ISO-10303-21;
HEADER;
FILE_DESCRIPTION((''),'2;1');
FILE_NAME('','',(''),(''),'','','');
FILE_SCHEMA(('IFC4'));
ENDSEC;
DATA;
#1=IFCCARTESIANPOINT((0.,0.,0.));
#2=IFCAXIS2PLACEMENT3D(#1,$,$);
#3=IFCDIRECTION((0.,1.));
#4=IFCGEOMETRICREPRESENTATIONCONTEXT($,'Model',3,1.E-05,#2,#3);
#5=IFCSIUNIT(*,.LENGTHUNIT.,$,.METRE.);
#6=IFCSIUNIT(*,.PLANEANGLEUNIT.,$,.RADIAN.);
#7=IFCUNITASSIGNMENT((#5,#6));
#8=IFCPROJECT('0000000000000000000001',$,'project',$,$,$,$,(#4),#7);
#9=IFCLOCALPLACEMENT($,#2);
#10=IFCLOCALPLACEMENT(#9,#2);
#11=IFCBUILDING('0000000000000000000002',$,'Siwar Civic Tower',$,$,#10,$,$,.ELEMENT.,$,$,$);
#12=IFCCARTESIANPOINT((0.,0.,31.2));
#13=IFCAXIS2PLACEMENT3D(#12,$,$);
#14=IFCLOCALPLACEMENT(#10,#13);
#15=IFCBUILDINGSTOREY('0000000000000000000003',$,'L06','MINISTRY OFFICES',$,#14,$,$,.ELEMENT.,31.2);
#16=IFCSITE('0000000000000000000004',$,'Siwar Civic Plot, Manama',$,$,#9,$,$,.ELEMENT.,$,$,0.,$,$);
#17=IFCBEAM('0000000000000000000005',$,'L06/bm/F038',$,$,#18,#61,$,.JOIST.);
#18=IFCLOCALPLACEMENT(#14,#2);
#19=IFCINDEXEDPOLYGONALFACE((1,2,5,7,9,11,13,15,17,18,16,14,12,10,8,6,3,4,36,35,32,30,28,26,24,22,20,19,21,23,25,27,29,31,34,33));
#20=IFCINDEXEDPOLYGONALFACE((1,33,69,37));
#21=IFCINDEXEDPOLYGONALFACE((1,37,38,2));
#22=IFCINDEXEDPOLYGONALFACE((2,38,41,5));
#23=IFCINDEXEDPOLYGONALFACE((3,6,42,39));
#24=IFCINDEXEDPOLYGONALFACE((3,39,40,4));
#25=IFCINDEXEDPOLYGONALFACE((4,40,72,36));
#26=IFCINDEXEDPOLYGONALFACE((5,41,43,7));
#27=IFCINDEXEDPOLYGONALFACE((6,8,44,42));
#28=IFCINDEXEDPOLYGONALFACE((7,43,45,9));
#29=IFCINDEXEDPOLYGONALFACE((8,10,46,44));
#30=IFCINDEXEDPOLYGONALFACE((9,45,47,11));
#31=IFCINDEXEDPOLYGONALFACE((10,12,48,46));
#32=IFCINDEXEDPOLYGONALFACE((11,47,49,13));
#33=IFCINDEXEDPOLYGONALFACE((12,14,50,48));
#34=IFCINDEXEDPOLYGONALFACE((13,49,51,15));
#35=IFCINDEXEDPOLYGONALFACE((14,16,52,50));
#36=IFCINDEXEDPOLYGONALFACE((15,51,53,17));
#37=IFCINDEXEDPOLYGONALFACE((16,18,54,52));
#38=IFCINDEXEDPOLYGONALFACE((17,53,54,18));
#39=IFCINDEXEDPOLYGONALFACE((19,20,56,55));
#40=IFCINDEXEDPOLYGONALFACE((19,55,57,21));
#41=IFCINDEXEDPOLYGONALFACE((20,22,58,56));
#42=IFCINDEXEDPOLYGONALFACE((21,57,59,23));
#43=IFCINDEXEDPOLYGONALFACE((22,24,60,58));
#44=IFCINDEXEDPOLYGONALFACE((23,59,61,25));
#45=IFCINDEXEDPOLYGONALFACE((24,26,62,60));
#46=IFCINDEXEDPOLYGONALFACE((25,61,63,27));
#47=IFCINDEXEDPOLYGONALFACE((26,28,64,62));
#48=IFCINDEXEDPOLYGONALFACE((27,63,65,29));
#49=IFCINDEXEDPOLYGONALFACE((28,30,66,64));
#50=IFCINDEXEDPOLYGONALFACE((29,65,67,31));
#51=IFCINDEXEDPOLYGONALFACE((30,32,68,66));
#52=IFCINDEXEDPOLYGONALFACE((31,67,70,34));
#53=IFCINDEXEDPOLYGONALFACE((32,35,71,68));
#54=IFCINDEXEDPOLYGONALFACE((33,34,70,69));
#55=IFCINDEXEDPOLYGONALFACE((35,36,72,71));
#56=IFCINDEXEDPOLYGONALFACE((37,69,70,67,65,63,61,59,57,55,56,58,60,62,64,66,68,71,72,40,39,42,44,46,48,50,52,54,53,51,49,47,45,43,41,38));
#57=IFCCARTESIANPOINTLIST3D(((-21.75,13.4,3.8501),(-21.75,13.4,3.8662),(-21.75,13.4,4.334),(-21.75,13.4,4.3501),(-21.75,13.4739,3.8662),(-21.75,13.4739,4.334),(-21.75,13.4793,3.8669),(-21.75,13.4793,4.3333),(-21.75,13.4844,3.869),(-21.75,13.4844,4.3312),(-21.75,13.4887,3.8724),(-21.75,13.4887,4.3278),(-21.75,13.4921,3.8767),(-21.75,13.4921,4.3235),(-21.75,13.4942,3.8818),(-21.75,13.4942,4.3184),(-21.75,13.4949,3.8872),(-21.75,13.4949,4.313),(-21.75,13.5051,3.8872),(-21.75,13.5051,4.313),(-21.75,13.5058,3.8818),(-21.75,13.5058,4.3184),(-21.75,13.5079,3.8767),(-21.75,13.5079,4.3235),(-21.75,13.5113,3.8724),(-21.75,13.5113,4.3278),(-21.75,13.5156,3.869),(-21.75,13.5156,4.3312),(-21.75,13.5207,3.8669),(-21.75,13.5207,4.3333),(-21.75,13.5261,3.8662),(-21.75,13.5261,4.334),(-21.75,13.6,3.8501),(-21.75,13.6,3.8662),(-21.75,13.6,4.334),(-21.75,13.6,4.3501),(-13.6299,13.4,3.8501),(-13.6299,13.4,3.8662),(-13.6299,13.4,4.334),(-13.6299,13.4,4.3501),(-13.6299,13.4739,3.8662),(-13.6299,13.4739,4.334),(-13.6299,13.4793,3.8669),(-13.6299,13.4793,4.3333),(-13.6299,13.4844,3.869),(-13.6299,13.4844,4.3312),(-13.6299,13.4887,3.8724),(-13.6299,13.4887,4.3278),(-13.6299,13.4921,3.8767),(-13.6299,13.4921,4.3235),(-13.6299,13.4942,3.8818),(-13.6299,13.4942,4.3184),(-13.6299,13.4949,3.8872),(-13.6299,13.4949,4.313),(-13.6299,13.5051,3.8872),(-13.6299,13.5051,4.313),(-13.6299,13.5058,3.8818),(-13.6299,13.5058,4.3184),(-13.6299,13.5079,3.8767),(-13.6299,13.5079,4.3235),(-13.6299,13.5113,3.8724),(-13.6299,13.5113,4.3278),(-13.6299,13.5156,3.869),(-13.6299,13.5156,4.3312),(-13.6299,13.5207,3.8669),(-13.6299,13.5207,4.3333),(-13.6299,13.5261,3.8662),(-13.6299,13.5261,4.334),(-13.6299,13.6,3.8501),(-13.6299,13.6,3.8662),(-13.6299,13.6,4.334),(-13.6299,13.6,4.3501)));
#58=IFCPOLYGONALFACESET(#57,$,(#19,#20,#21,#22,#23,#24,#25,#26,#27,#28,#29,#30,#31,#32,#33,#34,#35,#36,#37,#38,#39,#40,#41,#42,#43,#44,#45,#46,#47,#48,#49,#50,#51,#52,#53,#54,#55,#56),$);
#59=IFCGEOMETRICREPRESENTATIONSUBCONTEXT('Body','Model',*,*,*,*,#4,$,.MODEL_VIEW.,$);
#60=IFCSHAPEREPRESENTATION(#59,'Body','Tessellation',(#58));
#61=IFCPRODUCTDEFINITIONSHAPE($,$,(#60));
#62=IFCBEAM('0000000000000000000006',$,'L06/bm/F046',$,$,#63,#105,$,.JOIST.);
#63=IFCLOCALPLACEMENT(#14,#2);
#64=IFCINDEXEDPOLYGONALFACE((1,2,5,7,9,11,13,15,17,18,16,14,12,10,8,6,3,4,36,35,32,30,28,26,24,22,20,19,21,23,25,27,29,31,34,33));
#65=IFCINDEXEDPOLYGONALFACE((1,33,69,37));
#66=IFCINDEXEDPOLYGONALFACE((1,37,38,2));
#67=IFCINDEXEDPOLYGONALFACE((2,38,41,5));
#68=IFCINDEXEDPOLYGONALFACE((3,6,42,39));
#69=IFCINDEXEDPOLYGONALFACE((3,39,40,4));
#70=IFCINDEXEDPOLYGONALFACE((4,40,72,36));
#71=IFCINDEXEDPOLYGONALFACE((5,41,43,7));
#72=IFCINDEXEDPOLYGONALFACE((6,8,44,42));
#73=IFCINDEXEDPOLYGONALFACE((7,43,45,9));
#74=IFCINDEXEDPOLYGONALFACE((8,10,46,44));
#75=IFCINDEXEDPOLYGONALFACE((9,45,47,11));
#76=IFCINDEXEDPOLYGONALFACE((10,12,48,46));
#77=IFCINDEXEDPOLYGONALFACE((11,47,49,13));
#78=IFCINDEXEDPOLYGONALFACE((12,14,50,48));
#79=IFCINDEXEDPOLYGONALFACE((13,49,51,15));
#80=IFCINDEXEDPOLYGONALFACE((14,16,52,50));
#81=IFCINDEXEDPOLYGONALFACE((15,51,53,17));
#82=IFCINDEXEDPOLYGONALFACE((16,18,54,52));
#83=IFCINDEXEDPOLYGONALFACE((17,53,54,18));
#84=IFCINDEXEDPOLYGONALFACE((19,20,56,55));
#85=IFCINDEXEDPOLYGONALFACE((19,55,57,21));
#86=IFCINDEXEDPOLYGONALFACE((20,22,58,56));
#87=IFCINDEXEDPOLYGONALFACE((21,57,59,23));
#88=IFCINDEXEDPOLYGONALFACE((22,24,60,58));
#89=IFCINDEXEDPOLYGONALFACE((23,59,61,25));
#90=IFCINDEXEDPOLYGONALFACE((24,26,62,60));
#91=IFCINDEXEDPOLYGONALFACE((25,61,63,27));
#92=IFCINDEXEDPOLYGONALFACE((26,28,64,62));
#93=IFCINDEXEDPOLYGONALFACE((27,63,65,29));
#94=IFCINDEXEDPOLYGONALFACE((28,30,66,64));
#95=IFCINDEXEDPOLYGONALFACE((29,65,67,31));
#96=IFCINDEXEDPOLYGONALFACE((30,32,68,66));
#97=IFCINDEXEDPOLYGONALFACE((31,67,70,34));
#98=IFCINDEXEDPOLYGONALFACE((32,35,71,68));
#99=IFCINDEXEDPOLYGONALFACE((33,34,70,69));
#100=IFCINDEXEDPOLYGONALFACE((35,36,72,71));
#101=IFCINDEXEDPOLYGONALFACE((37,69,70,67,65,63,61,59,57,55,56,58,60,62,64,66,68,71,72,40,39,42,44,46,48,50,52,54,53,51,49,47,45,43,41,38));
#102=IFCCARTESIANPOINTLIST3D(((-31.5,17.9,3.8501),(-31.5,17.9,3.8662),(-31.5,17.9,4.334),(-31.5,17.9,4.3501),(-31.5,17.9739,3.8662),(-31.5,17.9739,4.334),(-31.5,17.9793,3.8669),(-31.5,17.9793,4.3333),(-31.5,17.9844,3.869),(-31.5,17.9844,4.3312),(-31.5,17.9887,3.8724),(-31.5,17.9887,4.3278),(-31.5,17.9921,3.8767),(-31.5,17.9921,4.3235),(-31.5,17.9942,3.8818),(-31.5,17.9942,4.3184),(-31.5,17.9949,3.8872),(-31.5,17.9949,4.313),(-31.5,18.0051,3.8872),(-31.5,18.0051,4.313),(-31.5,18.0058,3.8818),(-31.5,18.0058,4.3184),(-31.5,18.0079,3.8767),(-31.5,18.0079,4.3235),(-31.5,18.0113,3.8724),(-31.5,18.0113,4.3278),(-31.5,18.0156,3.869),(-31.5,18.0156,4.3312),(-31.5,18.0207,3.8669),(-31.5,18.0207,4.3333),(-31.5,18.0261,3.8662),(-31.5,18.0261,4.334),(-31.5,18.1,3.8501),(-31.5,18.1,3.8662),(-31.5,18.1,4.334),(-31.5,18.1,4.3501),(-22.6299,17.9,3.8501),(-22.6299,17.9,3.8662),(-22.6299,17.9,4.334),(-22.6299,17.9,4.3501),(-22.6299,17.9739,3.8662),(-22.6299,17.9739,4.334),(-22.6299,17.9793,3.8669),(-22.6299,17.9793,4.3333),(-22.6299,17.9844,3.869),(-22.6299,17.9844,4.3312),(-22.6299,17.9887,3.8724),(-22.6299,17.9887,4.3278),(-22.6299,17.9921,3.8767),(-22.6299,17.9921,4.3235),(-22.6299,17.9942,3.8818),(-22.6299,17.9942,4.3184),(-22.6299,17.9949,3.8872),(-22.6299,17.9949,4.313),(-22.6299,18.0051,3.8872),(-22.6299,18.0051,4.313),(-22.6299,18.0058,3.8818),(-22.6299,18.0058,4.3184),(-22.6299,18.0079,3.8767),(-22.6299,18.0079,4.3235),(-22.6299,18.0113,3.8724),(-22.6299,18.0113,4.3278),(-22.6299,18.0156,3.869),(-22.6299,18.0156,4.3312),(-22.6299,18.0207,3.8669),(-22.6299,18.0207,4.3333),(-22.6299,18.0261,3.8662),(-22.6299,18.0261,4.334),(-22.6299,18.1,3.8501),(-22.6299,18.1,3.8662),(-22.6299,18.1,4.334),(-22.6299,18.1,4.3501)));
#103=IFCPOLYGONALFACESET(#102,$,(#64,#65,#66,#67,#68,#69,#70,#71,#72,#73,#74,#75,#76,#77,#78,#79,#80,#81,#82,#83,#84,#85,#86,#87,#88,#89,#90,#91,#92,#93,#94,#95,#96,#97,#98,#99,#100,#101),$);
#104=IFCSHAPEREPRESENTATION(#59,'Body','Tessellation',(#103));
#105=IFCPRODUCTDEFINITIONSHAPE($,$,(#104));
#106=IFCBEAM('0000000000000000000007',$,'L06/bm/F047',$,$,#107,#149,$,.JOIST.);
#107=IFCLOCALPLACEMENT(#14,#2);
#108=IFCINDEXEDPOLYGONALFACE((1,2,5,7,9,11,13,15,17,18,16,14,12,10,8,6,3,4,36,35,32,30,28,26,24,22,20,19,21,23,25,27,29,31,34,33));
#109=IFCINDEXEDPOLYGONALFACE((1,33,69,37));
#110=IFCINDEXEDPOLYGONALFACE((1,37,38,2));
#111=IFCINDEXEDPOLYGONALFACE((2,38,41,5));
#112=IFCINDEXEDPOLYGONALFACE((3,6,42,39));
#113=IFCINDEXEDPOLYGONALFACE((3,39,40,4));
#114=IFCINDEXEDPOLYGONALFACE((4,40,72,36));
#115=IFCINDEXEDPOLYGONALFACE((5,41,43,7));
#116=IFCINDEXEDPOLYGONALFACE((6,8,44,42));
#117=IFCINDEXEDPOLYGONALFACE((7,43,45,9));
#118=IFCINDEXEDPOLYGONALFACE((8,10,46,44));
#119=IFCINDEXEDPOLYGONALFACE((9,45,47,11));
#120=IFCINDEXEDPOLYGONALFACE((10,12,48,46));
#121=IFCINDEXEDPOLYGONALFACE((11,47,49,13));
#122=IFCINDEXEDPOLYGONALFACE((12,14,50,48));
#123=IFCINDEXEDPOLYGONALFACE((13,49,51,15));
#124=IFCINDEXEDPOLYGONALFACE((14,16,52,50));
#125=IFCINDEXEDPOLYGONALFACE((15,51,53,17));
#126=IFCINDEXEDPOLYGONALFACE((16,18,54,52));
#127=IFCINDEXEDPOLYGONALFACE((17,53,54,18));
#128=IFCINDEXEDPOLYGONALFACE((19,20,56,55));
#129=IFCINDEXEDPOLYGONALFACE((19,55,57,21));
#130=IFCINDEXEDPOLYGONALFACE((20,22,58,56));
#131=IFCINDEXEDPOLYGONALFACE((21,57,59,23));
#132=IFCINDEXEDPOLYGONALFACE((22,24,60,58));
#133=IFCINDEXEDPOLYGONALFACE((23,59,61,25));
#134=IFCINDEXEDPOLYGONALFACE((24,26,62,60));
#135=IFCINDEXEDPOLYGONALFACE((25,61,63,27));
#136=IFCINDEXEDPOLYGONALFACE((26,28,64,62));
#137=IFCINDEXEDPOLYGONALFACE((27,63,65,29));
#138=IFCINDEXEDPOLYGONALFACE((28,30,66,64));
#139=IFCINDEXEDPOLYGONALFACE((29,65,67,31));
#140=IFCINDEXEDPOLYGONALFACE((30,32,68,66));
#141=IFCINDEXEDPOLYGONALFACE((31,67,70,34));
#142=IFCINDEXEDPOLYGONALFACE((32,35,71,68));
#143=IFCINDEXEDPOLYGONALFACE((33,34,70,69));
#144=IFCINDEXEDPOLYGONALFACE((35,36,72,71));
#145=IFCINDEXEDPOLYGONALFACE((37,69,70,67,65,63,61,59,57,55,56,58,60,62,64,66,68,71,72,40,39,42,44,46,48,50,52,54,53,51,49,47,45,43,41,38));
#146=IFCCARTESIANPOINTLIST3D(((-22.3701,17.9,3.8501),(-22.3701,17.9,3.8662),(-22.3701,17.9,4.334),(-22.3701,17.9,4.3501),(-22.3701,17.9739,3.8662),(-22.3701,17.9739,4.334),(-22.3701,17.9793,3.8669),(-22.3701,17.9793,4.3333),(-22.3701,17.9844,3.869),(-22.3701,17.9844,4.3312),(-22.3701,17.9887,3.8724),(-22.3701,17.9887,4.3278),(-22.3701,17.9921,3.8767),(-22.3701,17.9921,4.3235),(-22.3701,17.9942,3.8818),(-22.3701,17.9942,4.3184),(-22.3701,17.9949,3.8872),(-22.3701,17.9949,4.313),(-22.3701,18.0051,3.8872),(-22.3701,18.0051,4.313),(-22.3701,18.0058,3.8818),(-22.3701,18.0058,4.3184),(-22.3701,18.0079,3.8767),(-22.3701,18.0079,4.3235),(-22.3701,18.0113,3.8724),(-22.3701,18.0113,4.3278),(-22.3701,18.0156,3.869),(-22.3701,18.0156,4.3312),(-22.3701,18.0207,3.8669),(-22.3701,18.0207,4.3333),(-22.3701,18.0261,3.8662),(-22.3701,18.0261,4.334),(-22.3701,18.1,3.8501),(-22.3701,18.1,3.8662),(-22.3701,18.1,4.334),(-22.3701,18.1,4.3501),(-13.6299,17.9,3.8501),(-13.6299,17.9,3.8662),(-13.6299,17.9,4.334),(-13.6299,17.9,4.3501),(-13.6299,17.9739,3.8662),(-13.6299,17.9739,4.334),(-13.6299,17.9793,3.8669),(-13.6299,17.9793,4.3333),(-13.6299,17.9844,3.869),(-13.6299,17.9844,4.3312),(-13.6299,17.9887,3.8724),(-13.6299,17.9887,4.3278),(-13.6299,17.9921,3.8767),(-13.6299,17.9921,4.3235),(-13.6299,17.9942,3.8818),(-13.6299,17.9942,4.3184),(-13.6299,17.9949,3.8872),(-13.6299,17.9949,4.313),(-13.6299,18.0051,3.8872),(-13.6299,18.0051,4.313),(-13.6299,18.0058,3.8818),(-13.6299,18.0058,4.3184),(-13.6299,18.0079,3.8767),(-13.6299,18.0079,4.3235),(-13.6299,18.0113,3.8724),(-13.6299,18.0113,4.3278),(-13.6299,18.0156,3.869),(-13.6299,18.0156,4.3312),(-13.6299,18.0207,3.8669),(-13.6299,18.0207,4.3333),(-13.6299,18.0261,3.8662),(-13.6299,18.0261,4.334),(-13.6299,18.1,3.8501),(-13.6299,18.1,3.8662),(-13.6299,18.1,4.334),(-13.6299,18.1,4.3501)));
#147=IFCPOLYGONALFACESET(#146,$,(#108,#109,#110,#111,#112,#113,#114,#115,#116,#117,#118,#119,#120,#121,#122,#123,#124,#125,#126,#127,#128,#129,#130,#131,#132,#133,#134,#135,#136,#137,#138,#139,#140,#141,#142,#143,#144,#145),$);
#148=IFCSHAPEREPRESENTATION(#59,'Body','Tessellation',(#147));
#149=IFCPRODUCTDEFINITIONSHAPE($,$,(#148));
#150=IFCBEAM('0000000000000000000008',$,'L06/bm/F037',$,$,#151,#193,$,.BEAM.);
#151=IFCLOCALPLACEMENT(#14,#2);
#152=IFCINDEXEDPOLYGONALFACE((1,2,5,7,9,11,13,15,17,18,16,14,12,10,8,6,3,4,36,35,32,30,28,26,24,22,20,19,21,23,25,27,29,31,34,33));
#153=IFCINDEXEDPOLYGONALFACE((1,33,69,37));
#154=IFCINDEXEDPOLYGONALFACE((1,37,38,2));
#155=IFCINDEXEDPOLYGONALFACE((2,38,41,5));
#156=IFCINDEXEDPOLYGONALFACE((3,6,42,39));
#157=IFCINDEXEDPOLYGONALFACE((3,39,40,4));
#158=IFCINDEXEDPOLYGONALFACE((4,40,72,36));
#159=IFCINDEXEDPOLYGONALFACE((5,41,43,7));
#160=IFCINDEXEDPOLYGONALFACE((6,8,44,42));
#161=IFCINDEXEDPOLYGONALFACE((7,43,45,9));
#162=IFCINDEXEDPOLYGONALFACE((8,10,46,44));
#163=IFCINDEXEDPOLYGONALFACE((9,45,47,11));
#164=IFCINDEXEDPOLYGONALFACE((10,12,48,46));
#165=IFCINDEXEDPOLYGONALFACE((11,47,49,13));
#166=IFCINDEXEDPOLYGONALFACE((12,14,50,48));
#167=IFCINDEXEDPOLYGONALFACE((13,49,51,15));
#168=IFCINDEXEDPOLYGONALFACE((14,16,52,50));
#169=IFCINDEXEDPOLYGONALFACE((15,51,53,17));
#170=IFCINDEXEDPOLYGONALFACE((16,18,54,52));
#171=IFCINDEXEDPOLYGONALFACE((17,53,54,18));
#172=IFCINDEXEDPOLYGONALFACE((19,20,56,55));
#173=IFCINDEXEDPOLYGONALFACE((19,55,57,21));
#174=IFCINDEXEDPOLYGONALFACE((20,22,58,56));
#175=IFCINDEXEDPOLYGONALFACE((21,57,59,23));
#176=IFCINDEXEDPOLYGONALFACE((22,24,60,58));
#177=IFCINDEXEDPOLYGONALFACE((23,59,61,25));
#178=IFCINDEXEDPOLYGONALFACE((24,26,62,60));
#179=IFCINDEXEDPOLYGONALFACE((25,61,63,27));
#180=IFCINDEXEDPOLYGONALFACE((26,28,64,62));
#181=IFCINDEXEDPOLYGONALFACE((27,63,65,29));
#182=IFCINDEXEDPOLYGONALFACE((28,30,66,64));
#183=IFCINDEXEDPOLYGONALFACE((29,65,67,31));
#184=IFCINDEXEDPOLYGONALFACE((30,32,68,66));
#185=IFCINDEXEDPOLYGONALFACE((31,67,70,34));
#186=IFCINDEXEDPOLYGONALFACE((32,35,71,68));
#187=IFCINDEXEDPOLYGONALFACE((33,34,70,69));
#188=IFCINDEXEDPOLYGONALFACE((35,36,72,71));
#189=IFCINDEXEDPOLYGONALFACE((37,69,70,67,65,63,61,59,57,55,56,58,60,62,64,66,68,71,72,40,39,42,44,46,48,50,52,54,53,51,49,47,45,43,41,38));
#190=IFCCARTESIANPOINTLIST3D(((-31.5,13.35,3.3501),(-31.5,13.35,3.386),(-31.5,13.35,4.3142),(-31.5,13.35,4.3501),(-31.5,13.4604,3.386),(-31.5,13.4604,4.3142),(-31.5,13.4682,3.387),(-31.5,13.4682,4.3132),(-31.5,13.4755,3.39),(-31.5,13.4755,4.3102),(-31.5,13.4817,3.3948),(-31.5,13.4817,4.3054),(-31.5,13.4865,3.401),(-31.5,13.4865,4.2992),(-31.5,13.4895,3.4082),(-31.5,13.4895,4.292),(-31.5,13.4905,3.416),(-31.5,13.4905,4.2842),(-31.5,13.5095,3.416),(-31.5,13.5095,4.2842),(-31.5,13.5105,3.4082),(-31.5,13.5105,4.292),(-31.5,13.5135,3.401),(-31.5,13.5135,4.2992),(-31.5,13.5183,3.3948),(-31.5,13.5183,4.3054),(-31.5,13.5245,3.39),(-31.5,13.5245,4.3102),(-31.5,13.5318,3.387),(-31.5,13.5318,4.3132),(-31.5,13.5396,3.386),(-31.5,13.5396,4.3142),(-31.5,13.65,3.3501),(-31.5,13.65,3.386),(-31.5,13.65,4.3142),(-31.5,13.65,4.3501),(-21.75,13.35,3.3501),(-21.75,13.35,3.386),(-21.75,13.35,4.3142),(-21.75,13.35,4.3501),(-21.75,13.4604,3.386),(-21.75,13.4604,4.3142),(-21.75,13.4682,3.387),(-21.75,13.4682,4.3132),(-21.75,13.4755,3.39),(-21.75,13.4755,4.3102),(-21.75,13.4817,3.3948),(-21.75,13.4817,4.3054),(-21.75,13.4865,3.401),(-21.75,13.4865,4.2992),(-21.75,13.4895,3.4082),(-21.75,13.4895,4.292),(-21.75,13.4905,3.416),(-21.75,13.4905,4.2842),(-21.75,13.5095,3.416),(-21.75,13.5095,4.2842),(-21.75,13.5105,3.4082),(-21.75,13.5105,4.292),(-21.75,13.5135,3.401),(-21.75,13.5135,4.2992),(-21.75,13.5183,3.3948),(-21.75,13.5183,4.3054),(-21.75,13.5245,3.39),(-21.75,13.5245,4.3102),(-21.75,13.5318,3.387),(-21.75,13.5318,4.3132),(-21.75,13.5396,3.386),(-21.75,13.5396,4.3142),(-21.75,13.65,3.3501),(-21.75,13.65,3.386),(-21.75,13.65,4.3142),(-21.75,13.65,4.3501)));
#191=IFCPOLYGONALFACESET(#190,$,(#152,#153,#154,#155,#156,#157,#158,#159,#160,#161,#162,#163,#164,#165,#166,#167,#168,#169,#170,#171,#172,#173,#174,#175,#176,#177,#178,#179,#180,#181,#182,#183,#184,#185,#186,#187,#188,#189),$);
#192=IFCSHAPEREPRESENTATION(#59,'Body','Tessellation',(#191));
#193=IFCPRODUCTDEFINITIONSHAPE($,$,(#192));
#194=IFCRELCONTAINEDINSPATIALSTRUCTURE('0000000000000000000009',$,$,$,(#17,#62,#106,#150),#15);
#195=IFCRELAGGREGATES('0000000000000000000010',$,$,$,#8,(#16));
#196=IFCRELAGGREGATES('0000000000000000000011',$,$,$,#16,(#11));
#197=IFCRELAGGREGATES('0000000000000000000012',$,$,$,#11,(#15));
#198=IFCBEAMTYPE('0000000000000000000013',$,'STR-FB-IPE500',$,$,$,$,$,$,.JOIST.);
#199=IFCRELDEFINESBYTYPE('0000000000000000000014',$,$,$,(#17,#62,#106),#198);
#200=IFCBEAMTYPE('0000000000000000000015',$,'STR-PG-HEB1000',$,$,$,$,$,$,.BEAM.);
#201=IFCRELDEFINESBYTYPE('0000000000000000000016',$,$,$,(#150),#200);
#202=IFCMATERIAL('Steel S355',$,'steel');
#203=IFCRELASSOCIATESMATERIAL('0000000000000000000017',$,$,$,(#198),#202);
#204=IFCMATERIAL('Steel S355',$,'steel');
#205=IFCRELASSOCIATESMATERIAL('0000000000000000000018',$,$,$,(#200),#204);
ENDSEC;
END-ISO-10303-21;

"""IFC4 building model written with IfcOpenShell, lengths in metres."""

from ifc_helpers import new_model, si_unit, direction, frame, origin, origin_2d, place, context, subcontext, project, spatial, i_section, extrude, material, material_profile, profile_set, type_object, element, save


model = new_model("IFC4")

# Units and contexts
model_context = context("Model", 3, precision=1e-05, world=origin(), true_north=direction((0.0, 1.0)))
body_context = subcontext(model_context, "Body", "Model", "MODEL_VIEW")
ifc_project = project(units=[si_unit("LENGTHUNIT", "METRE"), si_unit("PLANEANGLEUNIT", "RADIAN")], contexts=[model_context])

# Site, building, storey
site_placement = place(None, origin())
site = spatial("IfcSite", under=ifc_project, at=site_placement, Name="Siwar Civic Plot, Manama", CompositionType="ELEMENT", RefElevation=0.0)
building_placement = place(site_placement, origin())
building = spatial("IfcBuilding", under=site, at=building_placement, Name="Siwar Civic Tower", CompositionType="ELEMENT")
storey_placement = place(building_placement, frame((0.0, 0.0, 31.2)))
storey = spatial("IfcBuildingStorey", under=building, at=storey_placement, Name="L06", Description="MINISTRY OFFICES", CompositionType="ELEMENT", Elevation=31.2)

# Beams
ifc_material_1 = material(Name="Steel S355", Category="steel")
ifc_material_profile_1 = material_profile(ifc_material_1, i_section(OverallWidth=0.2, OverallDepth=0.5, WebThickness=0.0103, FlangeThickness=0.0161, FilletRadius=0.021, at=origin_2d()), Name="IPE500")
ifc_profile_set_1 = profile_set([ifc_material_profile_1], Name="Steel S355")
beam_type_1 = type_object("IfcBeamType", Name="STR-FB-IPE500", PredefinedType="JOIST", material=ifc_profile_set_1)
beam_1_placement = place(storey_placement, frame((-21.75, 13.5, 4.1001), z_axis=(1.0, 0.0, 0.0), x_axis=(0.0, 1.0, 0.0)))
element("IfcBeam", 1, at=beam_1_placement, inside=storey, type_object=beam_type_1, Name="L06/bm/F038", PredefinedType="JOIST", context=body_context, shape_type="SweptSolid", body=[
    extrude(i_section(OverallWidth=0.2, OverallDepth=0.5, WebThickness=0.0103, FlangeThickness=0.0161, FilletRadius=0.021, at=origin_2d()), origin(), (0.0, 0.0, 1.0), 8.1201),
])
beam_2_placement = place(storey_placement, frame((-31.5, 18.0, 4.1001), z_axis=(1.0, 0.0, 0.0), x_axis=(0.0, 1.0, 0.0)))
element("IfcBeam", 2, at=beam_2_placement, inside=storey, type_object=beam_type_1, Name="L06/bm/F046", PredefinedType="JOIST", context=body_context, shape_type="SweptSolid", body=[
    extrude(i_section(OverallWidth=0.2, OverallDepth=0.5, WebThickness=0.0103, FlangeThickness=0.0161, FilletRadius=0.021, at=origin_2d()), origin(), (0.0, 0.0, 1.0), 8.8701),
])
beam_3_placement = place(storey_placement, frame((-22.3701, 18.0, 4.1001), z_axis=(1.0, 0.0, 0.0), x_axis=(0.0, 1.0, 0.0)))
element("IfcBeam", 3, at=beam_3_placement, inside=storey, type_object=beam_type_1, Name="L06/bm/F047", PredefinedType="JOIST", context=body_context, shape_type="SweptSolid", body=[
    extrude(i_section(OverallWidth=0.2, OverallDepth=0.5, WebThickness=0.0103, FlangeThickness=0.0161, FilletRadius=0.021, at=origin_2d()), origin(), (0.0, 0.0, 1.0), 8.7402),
])
ifc_material_2 = material(Name="Steel S355", Category="steel")
ifc_material_profile_2 = material_profile(ifc_material_2, i_section(OverallWidth=0.3, OverallDepth=1.0, WebThickness=0.019, FlangeThickness=0.0359, FilletRadius=0.03, at=origin_2d()), Name="HEB1000")
ifc_profile_set_2 = profile_set([ifc_material_profile_2], Name="Steel S355")
beam_type_2 = type_object("IfcBeamType", Name="STR-PG-HEB1000", PredefinedType="BEAM", material=ifc_profile_set_2)
beam_4_placement = place(storey_placement, frame((-31.5, 13.5, 3.8501), z_axis=(1.0, 0.0, 0.0), x_axis=(0.0, 1.0, 0.0)))
element("IfcBeam", 4, at=beam_4_placement, inside=storey, type_object=beam_type_2, Name="L06/bm/F037", PredefinedType="BEAM", context=body_context, shape_type="SweptSolid", body=[
    extrude(i_section(OverallWidth=0.3, OverallDepth=1.0, WebThickness=0.019, FlangeThickness=0.0359, FilletRadius=0.03, at=origin_2d()), origin(), (0.0, 0.0, 1.0), 9.75),
])

save(model, "model.ifc")
